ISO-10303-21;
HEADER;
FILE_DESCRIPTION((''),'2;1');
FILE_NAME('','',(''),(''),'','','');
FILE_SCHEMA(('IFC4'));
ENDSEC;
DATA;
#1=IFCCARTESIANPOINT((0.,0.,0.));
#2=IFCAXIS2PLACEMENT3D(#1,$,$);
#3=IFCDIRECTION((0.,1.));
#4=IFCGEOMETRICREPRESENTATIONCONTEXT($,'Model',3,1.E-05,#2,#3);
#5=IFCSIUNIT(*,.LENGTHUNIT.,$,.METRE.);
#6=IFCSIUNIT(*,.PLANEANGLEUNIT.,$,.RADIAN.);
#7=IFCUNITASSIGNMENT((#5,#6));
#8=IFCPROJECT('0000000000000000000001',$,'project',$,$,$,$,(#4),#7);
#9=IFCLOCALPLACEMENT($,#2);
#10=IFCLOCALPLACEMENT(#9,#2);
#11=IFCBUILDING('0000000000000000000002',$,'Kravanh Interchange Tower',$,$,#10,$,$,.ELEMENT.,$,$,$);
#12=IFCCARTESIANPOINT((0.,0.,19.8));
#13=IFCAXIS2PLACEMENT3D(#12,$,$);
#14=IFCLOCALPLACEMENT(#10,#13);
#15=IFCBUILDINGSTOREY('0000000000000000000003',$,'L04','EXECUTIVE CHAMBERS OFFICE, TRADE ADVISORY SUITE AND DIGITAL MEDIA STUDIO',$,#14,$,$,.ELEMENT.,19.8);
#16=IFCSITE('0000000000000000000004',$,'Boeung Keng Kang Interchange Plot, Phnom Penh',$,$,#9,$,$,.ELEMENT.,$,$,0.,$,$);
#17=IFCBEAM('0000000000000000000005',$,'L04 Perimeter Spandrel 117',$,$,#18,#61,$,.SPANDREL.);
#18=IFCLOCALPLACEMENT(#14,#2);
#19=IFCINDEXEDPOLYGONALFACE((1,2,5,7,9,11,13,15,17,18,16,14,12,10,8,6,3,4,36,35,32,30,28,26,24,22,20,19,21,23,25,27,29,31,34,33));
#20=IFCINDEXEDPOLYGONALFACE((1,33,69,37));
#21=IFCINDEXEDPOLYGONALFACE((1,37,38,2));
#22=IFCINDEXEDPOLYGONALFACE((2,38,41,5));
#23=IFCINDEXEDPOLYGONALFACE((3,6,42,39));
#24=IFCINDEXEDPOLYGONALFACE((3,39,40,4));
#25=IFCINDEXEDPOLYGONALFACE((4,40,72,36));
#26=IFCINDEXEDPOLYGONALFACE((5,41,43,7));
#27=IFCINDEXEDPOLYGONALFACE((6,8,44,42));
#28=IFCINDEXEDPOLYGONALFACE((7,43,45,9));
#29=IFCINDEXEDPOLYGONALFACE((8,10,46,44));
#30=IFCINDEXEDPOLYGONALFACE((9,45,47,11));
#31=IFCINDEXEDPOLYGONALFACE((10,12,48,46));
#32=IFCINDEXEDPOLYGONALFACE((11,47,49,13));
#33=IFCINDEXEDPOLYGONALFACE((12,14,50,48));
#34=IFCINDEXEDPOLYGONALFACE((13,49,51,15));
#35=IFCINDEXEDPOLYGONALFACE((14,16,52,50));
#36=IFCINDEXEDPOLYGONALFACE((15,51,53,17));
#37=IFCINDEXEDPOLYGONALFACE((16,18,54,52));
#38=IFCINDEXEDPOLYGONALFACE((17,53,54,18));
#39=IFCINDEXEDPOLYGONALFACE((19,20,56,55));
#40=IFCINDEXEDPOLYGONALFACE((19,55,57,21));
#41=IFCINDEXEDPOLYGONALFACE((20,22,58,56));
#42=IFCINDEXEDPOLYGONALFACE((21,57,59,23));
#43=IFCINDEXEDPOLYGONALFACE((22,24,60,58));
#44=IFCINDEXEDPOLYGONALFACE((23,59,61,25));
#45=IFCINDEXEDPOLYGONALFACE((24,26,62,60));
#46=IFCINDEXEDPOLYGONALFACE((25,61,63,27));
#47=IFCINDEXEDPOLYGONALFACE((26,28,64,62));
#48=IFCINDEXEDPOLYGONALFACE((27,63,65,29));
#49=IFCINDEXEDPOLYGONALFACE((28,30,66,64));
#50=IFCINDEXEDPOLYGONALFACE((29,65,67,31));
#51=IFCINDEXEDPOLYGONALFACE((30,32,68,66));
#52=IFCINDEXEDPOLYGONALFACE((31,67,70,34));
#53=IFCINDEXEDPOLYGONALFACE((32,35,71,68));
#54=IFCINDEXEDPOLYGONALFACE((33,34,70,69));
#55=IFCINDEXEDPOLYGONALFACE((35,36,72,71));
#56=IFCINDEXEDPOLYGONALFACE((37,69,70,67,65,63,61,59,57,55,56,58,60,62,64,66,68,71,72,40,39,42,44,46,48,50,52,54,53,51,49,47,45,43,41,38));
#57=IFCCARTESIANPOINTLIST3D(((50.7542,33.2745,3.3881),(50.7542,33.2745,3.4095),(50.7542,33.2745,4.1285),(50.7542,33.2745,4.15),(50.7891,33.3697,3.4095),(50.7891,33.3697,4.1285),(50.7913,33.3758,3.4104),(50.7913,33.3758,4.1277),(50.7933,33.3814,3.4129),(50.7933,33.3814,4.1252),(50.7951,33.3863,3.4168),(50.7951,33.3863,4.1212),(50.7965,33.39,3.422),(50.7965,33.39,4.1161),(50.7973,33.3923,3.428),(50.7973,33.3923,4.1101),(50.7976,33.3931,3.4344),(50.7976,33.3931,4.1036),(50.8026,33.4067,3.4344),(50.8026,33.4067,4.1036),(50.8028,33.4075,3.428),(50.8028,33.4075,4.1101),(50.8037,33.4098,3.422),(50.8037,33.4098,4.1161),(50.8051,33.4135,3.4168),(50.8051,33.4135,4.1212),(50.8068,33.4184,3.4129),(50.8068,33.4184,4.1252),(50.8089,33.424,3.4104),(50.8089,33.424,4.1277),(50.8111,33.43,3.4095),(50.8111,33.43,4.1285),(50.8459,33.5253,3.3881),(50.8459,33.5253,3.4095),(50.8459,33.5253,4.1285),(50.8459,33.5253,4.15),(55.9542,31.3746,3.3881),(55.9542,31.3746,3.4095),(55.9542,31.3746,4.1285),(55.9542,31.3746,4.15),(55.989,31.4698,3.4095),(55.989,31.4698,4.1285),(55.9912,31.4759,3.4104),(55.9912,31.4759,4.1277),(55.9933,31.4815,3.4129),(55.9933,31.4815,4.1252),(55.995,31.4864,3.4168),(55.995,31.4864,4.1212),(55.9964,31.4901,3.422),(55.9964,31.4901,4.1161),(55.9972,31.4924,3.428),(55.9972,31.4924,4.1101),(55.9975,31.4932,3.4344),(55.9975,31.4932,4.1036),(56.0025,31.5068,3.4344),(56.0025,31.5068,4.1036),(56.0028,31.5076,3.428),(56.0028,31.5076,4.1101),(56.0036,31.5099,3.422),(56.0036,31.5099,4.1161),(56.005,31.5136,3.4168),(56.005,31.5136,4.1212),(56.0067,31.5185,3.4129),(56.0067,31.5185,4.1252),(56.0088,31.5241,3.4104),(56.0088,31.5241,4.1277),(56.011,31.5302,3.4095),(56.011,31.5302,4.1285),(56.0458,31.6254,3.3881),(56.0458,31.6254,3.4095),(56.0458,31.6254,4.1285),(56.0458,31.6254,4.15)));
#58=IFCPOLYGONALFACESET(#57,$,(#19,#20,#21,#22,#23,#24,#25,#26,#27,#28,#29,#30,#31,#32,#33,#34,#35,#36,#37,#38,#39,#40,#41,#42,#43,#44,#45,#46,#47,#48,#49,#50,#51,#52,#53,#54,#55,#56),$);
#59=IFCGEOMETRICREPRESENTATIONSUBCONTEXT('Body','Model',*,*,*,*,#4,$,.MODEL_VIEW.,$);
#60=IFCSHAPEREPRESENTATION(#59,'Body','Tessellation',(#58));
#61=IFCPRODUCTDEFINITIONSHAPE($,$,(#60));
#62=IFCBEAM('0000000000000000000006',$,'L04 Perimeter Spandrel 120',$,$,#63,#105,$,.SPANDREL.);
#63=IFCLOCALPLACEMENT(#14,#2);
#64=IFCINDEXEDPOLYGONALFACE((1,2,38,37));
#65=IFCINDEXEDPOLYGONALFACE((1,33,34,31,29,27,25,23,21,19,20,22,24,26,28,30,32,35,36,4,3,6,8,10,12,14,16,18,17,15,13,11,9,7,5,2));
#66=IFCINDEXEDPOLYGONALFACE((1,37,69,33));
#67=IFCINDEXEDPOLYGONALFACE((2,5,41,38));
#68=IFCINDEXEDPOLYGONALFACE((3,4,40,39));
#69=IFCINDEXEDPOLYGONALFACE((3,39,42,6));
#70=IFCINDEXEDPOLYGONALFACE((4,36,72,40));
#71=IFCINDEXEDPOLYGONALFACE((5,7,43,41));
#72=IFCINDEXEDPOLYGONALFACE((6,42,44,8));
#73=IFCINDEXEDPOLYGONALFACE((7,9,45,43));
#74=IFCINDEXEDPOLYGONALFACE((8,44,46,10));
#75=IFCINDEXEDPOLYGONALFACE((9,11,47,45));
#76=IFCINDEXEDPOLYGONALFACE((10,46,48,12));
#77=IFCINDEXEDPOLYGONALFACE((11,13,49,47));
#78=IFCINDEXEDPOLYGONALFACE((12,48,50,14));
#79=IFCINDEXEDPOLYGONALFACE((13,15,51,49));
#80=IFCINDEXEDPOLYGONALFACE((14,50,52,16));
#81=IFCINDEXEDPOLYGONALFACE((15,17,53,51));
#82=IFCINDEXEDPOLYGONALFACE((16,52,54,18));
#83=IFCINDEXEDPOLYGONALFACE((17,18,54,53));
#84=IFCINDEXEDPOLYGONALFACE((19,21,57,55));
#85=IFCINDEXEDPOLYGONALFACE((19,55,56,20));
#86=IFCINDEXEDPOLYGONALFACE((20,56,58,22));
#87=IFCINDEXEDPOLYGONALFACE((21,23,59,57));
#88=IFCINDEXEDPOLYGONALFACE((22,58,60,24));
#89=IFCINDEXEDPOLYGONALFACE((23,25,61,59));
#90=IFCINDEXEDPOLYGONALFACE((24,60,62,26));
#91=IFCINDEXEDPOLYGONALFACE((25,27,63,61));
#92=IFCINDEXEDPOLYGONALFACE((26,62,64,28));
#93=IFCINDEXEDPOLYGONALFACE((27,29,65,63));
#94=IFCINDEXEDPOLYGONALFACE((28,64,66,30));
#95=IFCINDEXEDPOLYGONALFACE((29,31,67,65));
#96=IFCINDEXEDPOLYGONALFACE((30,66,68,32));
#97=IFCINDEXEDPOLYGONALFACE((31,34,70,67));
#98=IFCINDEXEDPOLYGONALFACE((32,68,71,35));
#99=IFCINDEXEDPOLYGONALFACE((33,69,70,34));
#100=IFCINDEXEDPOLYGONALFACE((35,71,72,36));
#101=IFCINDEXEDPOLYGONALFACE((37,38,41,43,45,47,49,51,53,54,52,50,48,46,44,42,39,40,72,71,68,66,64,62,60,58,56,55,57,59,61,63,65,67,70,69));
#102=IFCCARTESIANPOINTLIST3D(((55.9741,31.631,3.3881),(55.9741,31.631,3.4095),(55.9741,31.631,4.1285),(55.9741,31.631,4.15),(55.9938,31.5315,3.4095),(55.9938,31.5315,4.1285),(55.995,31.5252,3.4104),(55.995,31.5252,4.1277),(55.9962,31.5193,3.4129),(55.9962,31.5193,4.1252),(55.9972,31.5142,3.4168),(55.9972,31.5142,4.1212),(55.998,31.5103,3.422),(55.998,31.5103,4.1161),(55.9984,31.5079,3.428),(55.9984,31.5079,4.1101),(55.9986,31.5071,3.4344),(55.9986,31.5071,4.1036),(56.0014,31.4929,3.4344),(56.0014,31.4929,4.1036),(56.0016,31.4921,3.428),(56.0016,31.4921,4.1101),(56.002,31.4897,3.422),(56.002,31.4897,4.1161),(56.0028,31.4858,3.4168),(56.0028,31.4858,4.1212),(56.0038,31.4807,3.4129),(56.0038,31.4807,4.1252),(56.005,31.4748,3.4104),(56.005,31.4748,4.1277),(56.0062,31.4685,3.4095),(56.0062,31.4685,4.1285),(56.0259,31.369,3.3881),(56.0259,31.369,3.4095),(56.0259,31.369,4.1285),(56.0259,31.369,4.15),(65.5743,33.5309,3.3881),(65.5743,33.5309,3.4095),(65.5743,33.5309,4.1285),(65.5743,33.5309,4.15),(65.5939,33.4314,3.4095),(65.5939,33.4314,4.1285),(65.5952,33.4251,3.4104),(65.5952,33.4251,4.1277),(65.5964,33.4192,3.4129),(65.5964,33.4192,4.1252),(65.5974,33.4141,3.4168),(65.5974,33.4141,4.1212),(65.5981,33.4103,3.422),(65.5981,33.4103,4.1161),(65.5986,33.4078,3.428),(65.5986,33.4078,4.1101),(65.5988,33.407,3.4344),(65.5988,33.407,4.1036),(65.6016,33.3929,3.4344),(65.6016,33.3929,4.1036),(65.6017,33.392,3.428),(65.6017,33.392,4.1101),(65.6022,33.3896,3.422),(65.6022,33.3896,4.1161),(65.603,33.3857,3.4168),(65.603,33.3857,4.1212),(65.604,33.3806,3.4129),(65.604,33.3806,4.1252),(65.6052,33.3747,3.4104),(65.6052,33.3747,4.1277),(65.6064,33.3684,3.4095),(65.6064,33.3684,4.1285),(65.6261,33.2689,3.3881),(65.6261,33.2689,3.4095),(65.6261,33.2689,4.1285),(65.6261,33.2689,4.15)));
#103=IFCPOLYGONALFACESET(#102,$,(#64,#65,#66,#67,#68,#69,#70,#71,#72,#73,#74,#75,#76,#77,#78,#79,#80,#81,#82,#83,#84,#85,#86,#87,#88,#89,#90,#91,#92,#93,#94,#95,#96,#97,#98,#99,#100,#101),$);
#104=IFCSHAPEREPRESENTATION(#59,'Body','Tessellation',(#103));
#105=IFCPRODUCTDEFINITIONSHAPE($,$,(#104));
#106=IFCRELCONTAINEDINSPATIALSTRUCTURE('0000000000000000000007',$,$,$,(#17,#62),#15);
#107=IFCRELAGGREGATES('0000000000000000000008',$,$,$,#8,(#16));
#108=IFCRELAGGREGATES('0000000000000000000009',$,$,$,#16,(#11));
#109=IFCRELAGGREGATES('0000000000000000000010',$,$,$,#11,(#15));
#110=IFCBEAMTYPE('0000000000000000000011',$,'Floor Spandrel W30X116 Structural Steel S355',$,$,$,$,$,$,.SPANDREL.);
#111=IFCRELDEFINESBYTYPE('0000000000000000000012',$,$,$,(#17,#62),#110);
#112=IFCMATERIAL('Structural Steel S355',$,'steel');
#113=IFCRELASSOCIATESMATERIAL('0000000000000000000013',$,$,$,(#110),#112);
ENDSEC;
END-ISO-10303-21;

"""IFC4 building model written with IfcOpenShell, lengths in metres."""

from ifc_helpers import new_model, si_unit, direction, frame, origin, origin_2d, place, context, subcontext, project, spatial, i_section, extrude, material, material_profile, profile_set, type_object, element, save


model = new_model("IFC4")

# Units and contexts
model_context = context("Model", 3, precision=1e-05, world=origin(), true_north=direction((0.0, 1.0)))
body_context = subcontext(model_context, "Body", "Model", "MODEL_VIEW")
ifc_project = project(units=[si_unit("LENGTHUNIT", "METRE"), si_unit("PLANEANGLEUNIT", "RADIAN")], contexts=[model_context])

# Site, building, storey
site_placement = place(None, origin())
site = spatial("IfcSite", under=ifc_project, at=site_placement, Name="Boeung Keng Kang Interchange Plot, Phnom Penh", CompositionType="ELEMENT", RefElevation=0.0)
building_placement = place(site_placement, origin())
building = spatial("IfcBuilding", under=site, at=building_placement, Name="Kravanh Interchange Tower", CompositionType="ELEMENT")
storey_placement = place(building_placement, frame((0.0, 0.0, 19.8)))
storey = spatial("IfcBuildingStorey", under=building, at=storey_placement, Name="L04", Description="EXECUTIVE CHAMBERS OFFICE, TRADE ADVISORY SUITE AND DIGITAL MEDIA STUDIO", CompositionType="ELEMENT", Elevation=19.8)

# Beams
ifc_material_1 = material(Name="Structural Steel S355", Category="steel")
ifc_material_profile_1 = material_profile(ifc_material_1, i_section(OverallWidth=0.2671, OverallDepth=0.762, WebThickness=0.0144, FlangeThickness=0.0215, FilletRadius=0.0249, at=origin_2d()), Name="W30X116")
ifc_profile_set_1 = profile_set([ifc_material_profile_1], Name="Structural Steel S355")
beam_type_1 = type_object("IfcBeamType", Name="Floor Spandrel W30X116 Structural Steel S355", PredefinedType="SPANDREL", material=ifc_profile_set_1)
beam_1_placement = place(storey_placement, frame((56.0, 31.5, 3.769), z_axis=(-0.93927, 0.34318, 0.0), x_axis=(-0.34318, -0.93927, 0.0)))
element("IfcBeam", 1, at=beam_1_placement, inside=storey, type_object=beam_type_1, Name="L04 Perimeter Spandrel 117", PredefinedType="SPANDREL", context=body_context, shape_type="SweptSolid", body=[
    extrude(i_section(OverallWidth=0.2671, OverallDepth=0.762, WebThickness=0.0144, FlangeThickness=0.0215, FilletRadius=0.0249, at=origin_2d()), origin(), (0.0, 0.0, 1.0), 5.5361),
])
beam_2_placement = place(storey_placement, frame((56.0, 31.5, 3.769), z_axis=(0.980974, 0.194139, 0.0), x_axis=(-0.194139, 0.980974, 0.0)))
element("IfcBeam", 2, at=beam_2_placement, inside=storey, type_object=beam_type_1, Name="L04 Perimeter Spandrel 120", PredefinedType="SPANDREL", context=body_context, shape_type="SweptSolid", body=[
    extrude(i_section(OverallWidth=0.2671, OverallDepth=0.762, WebThickness=0.0144, FlangeThickness=0.0215, FilletRadius=0.0249, at=origin_2d()), origin(), (0.0, 0.0, 1.0), 9.7864),
])

save(model, "model.ifc")
